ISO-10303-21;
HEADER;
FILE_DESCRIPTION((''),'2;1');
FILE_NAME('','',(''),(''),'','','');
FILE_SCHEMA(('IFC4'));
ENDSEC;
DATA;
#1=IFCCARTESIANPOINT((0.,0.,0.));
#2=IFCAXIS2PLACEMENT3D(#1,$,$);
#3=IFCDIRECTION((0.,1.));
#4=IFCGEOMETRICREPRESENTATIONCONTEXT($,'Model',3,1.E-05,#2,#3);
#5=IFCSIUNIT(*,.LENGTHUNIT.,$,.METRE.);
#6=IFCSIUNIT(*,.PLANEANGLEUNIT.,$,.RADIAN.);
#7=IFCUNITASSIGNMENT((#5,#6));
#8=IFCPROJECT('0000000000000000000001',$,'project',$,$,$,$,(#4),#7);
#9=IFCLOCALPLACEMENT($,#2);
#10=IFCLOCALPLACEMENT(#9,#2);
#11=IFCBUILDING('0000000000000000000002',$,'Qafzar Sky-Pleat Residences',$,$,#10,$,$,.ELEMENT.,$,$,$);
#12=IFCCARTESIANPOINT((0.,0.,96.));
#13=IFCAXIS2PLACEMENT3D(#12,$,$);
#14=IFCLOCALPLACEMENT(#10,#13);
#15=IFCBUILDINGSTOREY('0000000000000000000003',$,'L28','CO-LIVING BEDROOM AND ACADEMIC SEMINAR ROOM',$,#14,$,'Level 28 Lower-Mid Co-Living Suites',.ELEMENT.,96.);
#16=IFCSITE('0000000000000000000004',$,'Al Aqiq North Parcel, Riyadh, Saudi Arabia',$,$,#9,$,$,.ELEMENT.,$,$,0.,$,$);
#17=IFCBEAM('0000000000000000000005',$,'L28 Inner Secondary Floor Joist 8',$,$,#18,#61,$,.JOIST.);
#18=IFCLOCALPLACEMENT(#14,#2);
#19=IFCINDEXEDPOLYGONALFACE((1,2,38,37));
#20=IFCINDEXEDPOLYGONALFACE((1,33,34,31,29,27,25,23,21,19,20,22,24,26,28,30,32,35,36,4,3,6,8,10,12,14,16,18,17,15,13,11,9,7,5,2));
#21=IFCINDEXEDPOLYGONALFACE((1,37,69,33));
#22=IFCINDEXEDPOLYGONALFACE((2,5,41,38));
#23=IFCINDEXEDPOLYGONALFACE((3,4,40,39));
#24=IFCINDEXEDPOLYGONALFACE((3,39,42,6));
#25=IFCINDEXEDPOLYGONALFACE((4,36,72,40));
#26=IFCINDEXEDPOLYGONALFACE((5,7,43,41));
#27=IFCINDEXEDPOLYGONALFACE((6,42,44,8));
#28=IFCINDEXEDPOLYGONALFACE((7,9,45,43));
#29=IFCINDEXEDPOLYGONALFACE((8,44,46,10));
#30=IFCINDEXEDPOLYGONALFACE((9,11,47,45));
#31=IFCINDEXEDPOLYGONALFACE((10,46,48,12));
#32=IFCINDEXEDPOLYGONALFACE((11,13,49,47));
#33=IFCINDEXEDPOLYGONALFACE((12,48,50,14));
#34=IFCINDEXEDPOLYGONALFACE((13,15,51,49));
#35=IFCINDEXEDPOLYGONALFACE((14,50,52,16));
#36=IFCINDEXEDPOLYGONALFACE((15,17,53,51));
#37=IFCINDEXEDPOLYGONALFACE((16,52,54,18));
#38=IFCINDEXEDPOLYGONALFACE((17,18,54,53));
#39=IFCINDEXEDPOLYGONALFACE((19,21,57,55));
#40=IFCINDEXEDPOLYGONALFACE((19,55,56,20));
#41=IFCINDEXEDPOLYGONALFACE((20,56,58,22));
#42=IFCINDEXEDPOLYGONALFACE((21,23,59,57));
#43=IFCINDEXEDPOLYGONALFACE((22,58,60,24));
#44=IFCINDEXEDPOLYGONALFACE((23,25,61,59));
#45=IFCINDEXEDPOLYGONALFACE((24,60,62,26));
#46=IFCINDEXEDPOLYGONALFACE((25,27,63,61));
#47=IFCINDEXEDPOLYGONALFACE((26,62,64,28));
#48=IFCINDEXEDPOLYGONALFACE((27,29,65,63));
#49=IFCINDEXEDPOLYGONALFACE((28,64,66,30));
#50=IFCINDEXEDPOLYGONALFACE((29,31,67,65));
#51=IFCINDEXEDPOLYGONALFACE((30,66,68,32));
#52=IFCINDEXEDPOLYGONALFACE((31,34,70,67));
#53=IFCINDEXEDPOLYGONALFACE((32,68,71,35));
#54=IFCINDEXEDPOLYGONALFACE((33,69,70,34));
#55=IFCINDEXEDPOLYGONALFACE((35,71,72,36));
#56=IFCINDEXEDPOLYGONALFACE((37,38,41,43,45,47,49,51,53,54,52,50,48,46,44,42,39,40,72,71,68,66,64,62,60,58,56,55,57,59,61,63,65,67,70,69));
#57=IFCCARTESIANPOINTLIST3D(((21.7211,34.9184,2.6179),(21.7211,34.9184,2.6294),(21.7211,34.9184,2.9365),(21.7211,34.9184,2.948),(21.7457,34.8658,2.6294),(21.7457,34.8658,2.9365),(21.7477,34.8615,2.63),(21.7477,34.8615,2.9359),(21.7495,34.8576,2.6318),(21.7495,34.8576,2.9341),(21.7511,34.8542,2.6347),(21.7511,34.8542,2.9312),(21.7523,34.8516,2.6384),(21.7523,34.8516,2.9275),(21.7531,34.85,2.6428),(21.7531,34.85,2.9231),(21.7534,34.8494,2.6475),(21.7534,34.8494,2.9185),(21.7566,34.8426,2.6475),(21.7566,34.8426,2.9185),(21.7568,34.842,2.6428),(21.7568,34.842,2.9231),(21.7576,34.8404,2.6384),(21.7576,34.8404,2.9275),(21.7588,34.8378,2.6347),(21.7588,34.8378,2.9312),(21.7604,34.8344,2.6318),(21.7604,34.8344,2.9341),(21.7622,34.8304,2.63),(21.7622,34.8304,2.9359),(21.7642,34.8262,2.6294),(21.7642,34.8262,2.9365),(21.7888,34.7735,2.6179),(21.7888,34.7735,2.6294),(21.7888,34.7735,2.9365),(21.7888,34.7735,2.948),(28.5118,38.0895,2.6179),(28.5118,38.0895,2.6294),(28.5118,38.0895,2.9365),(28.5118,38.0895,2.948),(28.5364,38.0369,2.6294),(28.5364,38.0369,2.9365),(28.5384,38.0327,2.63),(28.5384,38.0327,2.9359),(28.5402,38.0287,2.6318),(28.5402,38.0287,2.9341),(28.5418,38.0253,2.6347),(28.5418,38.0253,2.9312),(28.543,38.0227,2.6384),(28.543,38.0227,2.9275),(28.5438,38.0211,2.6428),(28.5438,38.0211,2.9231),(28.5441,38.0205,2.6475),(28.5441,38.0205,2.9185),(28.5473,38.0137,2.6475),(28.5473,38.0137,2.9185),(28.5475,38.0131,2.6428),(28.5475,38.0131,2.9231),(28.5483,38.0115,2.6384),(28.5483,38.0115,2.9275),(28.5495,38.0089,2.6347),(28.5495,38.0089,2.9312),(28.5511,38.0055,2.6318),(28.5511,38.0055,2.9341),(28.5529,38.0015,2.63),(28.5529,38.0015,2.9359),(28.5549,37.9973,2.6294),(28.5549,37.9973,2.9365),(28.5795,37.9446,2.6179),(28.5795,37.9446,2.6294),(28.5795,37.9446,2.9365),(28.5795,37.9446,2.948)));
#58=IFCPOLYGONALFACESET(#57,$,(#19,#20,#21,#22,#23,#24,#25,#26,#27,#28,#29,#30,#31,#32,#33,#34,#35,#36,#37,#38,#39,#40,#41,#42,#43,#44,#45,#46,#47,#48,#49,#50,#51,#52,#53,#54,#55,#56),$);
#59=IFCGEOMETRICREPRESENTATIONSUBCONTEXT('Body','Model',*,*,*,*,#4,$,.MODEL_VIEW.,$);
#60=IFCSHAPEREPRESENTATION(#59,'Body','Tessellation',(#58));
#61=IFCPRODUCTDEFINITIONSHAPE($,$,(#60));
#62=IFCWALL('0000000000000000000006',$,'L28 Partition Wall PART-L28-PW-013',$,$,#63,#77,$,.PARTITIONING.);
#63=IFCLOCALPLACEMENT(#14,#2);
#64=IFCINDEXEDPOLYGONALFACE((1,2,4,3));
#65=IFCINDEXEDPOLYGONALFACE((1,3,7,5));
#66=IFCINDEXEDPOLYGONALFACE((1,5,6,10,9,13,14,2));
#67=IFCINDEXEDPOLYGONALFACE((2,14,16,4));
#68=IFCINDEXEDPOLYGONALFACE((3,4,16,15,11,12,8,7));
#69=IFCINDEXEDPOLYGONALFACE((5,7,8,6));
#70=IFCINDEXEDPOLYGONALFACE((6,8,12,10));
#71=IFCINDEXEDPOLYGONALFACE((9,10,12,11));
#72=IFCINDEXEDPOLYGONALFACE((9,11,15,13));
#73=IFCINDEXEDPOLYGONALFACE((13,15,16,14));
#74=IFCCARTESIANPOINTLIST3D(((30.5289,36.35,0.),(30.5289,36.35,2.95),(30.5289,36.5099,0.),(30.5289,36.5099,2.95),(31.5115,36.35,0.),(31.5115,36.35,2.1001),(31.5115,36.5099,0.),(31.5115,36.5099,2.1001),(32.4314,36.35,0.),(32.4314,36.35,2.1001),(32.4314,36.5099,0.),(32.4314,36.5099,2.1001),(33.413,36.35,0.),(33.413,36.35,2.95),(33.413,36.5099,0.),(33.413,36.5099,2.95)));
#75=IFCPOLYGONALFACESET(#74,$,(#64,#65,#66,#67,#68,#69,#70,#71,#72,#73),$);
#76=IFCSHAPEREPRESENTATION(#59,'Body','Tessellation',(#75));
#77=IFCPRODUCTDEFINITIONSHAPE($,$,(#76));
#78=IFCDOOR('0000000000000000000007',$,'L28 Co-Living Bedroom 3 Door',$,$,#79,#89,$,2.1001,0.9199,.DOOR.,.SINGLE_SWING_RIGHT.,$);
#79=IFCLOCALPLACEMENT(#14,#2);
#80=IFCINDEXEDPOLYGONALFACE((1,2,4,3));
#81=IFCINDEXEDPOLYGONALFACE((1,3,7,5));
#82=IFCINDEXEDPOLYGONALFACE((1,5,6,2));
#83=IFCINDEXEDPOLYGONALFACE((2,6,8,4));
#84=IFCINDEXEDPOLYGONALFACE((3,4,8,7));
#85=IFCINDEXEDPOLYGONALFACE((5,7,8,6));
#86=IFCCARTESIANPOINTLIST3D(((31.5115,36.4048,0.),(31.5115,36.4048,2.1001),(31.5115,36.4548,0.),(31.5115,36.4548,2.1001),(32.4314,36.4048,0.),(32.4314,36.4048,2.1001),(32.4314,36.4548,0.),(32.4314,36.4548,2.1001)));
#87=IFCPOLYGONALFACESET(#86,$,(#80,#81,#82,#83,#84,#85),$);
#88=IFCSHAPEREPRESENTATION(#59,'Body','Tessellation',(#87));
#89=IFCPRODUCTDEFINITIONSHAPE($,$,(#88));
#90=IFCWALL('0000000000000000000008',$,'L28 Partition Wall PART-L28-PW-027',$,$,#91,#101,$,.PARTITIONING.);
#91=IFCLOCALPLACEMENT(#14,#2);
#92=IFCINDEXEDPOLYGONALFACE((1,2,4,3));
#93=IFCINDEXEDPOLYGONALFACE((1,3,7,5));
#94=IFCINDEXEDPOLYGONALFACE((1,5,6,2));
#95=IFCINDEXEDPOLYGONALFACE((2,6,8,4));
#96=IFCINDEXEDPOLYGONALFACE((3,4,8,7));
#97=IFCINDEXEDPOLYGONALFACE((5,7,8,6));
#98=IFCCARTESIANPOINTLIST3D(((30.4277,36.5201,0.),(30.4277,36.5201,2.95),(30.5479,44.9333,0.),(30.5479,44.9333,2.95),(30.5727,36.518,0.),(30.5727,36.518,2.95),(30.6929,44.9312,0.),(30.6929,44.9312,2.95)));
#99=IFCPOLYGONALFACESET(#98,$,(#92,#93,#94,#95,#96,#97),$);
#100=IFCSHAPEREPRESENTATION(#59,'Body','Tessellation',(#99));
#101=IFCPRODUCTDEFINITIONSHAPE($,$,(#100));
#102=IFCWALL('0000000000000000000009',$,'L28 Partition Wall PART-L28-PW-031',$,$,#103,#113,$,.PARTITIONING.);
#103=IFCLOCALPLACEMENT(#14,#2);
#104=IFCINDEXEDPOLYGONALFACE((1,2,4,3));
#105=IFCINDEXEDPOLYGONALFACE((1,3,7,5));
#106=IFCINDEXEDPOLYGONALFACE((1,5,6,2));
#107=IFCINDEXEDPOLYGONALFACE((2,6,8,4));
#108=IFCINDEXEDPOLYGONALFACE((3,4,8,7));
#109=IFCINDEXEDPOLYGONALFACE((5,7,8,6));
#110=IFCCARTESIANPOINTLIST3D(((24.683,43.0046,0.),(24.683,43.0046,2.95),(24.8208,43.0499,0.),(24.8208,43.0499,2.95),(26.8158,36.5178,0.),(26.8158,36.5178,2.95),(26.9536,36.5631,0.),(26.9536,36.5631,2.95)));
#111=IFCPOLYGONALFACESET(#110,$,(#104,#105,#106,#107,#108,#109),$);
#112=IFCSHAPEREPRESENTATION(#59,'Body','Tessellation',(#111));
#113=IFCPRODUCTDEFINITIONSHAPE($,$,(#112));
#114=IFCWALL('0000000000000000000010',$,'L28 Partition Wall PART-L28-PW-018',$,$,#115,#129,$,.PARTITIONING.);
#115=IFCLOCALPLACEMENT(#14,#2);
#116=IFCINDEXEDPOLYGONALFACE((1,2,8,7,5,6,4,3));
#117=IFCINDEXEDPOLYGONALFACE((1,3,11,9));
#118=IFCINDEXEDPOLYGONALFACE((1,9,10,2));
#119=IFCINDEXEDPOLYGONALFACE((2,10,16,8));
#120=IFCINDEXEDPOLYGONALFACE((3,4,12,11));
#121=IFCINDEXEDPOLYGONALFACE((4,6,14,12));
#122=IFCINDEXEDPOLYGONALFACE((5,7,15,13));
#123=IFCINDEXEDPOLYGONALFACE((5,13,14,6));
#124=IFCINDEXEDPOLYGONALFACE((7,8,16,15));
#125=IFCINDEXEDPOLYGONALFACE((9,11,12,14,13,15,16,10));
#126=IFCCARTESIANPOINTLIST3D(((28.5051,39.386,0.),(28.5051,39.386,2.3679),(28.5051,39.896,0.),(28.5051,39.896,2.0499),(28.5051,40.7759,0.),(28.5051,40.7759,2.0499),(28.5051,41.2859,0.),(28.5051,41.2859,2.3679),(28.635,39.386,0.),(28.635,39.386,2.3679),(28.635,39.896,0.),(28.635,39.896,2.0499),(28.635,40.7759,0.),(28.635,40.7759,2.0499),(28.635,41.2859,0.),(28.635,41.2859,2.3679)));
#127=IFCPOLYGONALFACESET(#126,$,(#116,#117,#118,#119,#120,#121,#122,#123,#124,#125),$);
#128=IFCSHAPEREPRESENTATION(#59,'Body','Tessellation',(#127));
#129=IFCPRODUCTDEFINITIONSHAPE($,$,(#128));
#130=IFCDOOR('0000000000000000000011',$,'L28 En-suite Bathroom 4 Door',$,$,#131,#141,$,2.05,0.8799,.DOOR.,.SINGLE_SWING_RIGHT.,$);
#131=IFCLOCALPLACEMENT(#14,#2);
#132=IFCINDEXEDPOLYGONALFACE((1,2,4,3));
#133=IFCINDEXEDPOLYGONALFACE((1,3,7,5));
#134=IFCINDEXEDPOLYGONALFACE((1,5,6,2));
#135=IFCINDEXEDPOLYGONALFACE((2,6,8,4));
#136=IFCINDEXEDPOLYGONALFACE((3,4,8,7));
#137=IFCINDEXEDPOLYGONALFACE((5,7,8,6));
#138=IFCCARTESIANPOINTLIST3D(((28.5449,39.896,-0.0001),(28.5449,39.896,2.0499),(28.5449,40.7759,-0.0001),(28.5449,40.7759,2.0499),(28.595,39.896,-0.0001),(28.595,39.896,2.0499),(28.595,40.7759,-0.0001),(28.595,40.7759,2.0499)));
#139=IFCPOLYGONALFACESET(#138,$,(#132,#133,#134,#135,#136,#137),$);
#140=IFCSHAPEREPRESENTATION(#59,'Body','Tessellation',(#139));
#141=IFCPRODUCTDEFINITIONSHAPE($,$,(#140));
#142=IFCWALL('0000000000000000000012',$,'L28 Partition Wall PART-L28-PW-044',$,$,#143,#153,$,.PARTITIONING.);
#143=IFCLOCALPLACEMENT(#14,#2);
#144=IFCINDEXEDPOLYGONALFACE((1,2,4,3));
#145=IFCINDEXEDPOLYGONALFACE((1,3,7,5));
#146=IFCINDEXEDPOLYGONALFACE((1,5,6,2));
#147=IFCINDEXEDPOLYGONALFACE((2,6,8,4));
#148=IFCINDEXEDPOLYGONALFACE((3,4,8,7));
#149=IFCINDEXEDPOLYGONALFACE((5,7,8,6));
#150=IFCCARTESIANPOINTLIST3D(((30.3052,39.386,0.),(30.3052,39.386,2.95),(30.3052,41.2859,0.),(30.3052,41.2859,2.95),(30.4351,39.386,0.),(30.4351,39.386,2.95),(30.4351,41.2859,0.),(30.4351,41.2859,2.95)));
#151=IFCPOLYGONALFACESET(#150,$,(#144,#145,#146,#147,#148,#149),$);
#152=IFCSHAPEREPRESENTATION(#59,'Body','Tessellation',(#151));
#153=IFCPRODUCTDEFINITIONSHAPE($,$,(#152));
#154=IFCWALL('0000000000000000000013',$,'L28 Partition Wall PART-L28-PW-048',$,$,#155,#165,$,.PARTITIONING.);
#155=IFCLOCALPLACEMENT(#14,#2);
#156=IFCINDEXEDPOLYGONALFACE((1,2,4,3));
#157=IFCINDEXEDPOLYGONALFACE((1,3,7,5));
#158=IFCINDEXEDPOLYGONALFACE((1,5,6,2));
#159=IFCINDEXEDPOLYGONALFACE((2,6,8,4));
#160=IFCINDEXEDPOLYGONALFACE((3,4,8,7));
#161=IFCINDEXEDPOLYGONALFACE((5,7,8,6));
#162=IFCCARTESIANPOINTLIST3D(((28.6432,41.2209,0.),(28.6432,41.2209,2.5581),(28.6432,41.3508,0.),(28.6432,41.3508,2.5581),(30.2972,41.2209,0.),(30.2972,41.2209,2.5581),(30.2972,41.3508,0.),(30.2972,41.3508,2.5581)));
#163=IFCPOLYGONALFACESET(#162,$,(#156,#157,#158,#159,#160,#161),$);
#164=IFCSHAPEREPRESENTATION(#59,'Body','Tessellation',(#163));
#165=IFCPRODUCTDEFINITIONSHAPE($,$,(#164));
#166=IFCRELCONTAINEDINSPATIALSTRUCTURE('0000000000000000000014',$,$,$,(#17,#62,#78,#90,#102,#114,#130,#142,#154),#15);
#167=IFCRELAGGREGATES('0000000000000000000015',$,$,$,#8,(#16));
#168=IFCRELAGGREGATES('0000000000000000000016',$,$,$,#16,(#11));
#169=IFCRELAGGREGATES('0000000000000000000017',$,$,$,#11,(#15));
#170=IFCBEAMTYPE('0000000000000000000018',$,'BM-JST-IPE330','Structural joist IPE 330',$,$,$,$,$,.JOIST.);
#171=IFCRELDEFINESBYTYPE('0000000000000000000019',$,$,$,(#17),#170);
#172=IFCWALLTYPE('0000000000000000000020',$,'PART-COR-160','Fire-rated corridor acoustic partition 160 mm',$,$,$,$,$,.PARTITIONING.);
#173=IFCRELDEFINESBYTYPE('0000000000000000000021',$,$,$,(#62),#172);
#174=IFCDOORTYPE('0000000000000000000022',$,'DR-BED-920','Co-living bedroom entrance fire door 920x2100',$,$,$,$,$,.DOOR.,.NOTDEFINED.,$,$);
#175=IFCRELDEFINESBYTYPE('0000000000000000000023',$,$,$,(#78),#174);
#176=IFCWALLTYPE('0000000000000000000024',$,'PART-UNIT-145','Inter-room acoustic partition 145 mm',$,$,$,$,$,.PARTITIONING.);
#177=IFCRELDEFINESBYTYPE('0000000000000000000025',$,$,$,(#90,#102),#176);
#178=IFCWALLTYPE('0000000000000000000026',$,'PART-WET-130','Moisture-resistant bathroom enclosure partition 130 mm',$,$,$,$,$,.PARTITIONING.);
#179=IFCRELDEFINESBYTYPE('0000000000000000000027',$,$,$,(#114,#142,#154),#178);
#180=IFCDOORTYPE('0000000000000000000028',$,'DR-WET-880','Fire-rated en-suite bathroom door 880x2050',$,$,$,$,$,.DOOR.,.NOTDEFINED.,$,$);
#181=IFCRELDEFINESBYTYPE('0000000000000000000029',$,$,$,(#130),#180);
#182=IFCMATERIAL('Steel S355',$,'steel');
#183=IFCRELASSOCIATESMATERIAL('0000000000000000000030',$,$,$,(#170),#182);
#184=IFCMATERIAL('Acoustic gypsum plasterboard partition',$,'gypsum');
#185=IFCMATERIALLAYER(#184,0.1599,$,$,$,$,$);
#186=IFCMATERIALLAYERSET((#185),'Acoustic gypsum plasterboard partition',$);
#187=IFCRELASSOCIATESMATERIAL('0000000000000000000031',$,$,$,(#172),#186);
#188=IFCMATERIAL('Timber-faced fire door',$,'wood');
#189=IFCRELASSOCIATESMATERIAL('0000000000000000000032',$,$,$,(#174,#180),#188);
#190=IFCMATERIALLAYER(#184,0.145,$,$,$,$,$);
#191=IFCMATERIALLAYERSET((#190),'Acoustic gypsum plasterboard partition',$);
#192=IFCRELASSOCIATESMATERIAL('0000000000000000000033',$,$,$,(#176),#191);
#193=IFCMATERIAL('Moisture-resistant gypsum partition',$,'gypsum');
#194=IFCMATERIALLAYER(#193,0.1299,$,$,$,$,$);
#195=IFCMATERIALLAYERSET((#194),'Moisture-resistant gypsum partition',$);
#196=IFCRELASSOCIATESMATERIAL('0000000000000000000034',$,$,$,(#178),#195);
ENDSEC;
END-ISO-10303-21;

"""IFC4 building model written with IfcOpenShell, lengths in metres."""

from ifc_helpers import new_model, si_unit, direction, frame, frame_2d, origin, origin_2d, place, context, subcontext, project, spatial, rectangle, i_section, extrude, source, transform, mapped, material, layer, layer_set, material_profile, profile_set, type_object, element, fill, save


model = new_model("IFC4")

# Units and contexts
model_context = context("Model", 3, precision=1e-05, world=origin(), true_north=direction((0.0, 1.0)))
body_context = subcontext(model_context, "Body", "Model", "MODEL_VIEW")
ifc_project = project(units=[si_unit("LENGTHUNIT", "METRE"), si_unit("PLANEANGLEUNIT", "RADIAN")], contexts=[model_context])

# Site, building, storey
site_placement = place(None, origin())
site = spatial("IfcSite", under=ifc_project, at=site_placement, Name="Al Aqiq North Parcel, Riyadh, Saudi Arabia", CompositionType="ELEMENT", RefElevation=0.0)
building_placement = place(site_placement, origin())
building = spatial("IfcBuilding", under=site, at=building_placement, Name="Qafzar Sky-Pleat Residences", CompositionType="ELEMENT")
storey_placement = place(building_placement, frame((0.0, 0.0, 96.0)))
storey = spatial("IfcBuildingStorey", under=building, at=storey_placement, Name="L28", Description="CO-LIVING BEDROOM AND ACADEMIC SEMINAR ROOM", LongName="Level 28 Lower-Mid Co-Living Suites", CompositionType="ELEMENT", Elevation=96.0)

# Beam
ifc_material_1 = material(Name="Steel S355", Category="steel")
ifc_material_profile_1 = material_profile(ifc_material_1, i_section(OverallWidth=0.1599, OverallDepth=0.3301, WebThickness=0.0076, FlangeThickness=0.0115, FilletRadius=0.0181, at=origin_2d()), Name="IPE 330")
ifc_profile_set_1 = profile_set([ifc_material_profile_1], Name="Steel S355")
beam_type_1 = type_object("IfcBeamType", Name="BM-JST-IPE330", Description="Structural joist IPE 330", PredefinedType="JOIST", material=ifc_profile_set_1)
shared_shape_1 = source(origin(), body_context, "Body", "SweptSolid", [
    extrude(i_section(OverallWidth=0.1599, OverallDepth=0.3301, WebThickness=0.0076, FlangeThickness=0.0115, FilletRadius=0.0181, at=origin_2d()), origin(), (0.0, 0.0, 1.0), 7.4946),
])
beam_1_placement = place(storey_placement, frame((28.5457, 38.0171, 2.783), z_axis=(-0.906075, -0.423117, 0.0), x_axis=(0.423117, -0.906075, 0.0)))
element("IfcBeam", 1, at=beam_1_placement, inside=storey, type_object=beam_type_1, Name="L28 Inner Secondary Floor Joist 8", PredefinedType="JOIST", context=body_context, shape_type="MappedRepresentation", body=[
    mapped(shared_shape_1, transform((0.0, 0.0, 0.0), x_axis=(1.0, 0.0, 0.0), y_axis=(0.0, 1.0, 0.0), z_axis=(0.0, 0.0, 1.0), scale=1.0)),
])

# Wall, opening, door
ifc_material_2 = material(Name="Acoustic gypsum plasterboard partition", Category="gypsum")
ifc_layer_1 = layer(ifc_material_2, 0.1599)
ifc_layer_set_1 = layer_set([ifc_layer_1], Name="Acoustic gypsum plasterboard partition")
wall_type_1 = type_object("IfcWallType", Name="PART-COR-160", Description="Fire-rated corridor acoustic partition 160 mm", PredefinedType="PARTITIONING", material=ifc_layer_set_1)
wall_1_placement = place(storey_placement, frame((30.5291, 36.4299, 0.0), z_axis=(0.0, 0.0, 1.0), x_axis=(1.0, 0.0, 0.0)))
wall_1 = element("IfcWall", 2, at=wall_1_placement, inside=storey, type_object=wall_type_1, Name="L28 Partition Wall PART-L28-PW-013", PredefinedType="PARTITIONING", context=body_context, shape_type="SweptSolid", body=[
    extrude(rectangle(XDim=2.884, YDim=0.1599, at=frame_2d((1.4419, 0.0))), origin(), (0.0, 0.0, 1.0), 2.95),
])
opening_1_placement = place(wall_1_placement, frame((0.9824, 0.0, 0.0)))
opening_1 = element("IfcOpeningElement", 3, at=opening_1_placement, cuts=wall_1, PredefinedType="OPENING", context=body_context, shape_type="SweptSolid", body=[
    extrude(rectangle(XDim=0.9199, YDim=2.1001, at=frame_2d((0.46, 1.05))), frame((0.0, 0.0898, 0.0), z_axis=(0.0, -1.0, 0.0), x_axis=(1.0, 0.0, 0.0)), (0.0, 0.0, 1.0), 0.1799),
])
ifc_material_3 = material(Name="Timber-faced fire door", Category="wood")
door_type_1 = type_object("IfcDoorType", Name="DR-BED-920", Description="Co-living bedroom entrance fire door 920x2100", OperationType="NOTDEFINED", PredefinedType="DOOR", material=ifc_material_3)
shared_shape_2 = source(origin(), body_context, "Body", "SweptSolid", [
    extrude(rectangle(XDim=0.9199, YDim=2.1001, at=frame_2d((0.46, 1.05))), frame((0.0, 0.0249, 0.0), z_axis=(0.0, -1.0, 0.0), x_axis=(1.0, 0.0, 0.0)), (0.0, 0.0, 1.0), 0.05),
])
door_1_placement = place(opening_1_placement, origin())
door_1 = element("IfcDoor", 4, at=door_1_placement, inside=storey, type_object=door_type_1, Name="L28 Co-Living Bedroom 3 Door", OperationType="SINGLE_SWING_RIGHT", OverallHeight=2.1001, OverallWidth=0.9199, PredefinedType="DOOR", context=body_context, shape_type="MappedRepresentation", body=[
    mapped(shared_shape_2, transform((0.0, 0.0, 0.0), x_axis=(1.0, 0.0, 0.0), y_axis=(0.0, 1.0, 0.0), z_axis=(0.0, 0.0, 1.0), scale=1.0)),
])
fill(opening_1, door_1)

# Walls
ifc_layer_2 = layer(ifc_material_2, 0.145)
ifc_layer_set_2 = layer_set([ifc_layer_2], Name="Acoustic gypsum plasterboard partition")
wall_type_2 = type_object("IfcWallType", Name="PART-UNIT-145", Description="Inter-room acoustic partition 145 mm", PredefinedType="PARTITIONING", material=ifc_layer_set_2)
wall_2_placement = place(storey_placement, frame((30.5002, 36.519, 0.0), z_axis=(0.0, 0.0, 1.0), x_axis=(0.014276, 0.999898, 0.0)))
element("IfcWall", 5, at=wall_2_placement, inside=storey, type_object=wall_type_2, Name="L28 Partition Wall PART-L28-PW-027", PredefinedType="PARTITIONING", context=body_context, shape_type="SweptSolid", body=[
    extrude(rectangle(XDim=8.4141, YDim=0.145, at=frame_2d((4.207, 0.0))), origin(), (0.0, 0.0, 1.0), 2.95),
])
wall_3_placement = place(storey_placement, frame((24.752, 43.0271, 0.0), z_axis=(0.0, 0.0, 1.0), x_axis=(0.312342, -0.94997, 0.0)))
element("IfcWall", 6, at=wall_3_placement, inside=storey, type_object=wall_type_2, Name="L28 Partition Wall PART-L28-PW-031", PredefinedType="PARTITIONING", context=body_context, shape_type="SweptSolid", body=[
    extrude(rectangle(XDim=6.8284, YDim=0.145, at=frame_2d((3.4141, 0.0))), origin(), (0.0, 0.0, 1.0), 2.95),
])

# Wall, opening, door
ifc_material_4 = material(Name="Moisture-resistant gypsum partition", Category="gypsum")
ifc_layer_3 = layer(ifc_material_4, 0.1299)
ifc_layer_set_3 = layer_set([ifc_layer_3], Name="Moisture-resistant gypsum partition")
wall_type_3 = type_object("IfcWallType", Name="PART-WET-130", Description="Moisture-resistant bathroom enclosure partition 130 mm", PredefinedType="PARTITIONING", material=ifc_layer_set_3)
wall_4_placement = place(storey_placement, frame((28.5701, 41.2859, 0.0), z_axis=(0.0, 0.0, 1.0), x_axis=(0.0, -1.0, 0.0)))
wall_4 = element("IfcWall", 7, at=wall_4_placement, inside=storey, type_object=wall_type_3, Name="L28 Partition Wall PART-L28-PW-018", PredefinedType="PARTITIONING", context=body_context, shape_type="SweptSolid", body=[
    extrude(rectangle(XDim=1.8999, YDim=0.1299, at=frame_2d((0.95, 0.0))), origin(), (0.0, 0.0, 1.0), 2.3679),
])
opening_2_placement = place(wall_4_placement, frame((0.51, 0.0, 0.0)))
opening_2 = element("IfcOpeningElement", 8, at=opening_2_placement, cuts=wall_4, PredefinedType="OPENING", context=body_context, shape_type="SweptSolid", body=[
    extrude(rectangle(XDim=0.8799, YDim=2.05, at=frame_2d((0.4399, 1.0249))), frame((0.0, 0.075, 0.0), z_axis=(0.0, -1.0, 0.0), x_axis=(1.0, 0.0, 0.0)), (0.0, 0.0, 1.0), 0.1499),
])
door_type_2 = type_object("IfcDoorType", Name="DR-WET-880", Description="Fire-rated en-suite bathroom door 880x2050", OperationType="NOTDEFINED", PredefinedType="DOOR", material=ifc_material_3)
shared_shape_3 = source(origin(), body_context, "Body", "SweptSolid", [
    extrude(rectangle(XDim=0.8799, YDim=2.05, at=frame_2d((0.4399, 1.0249))), frame((0.0, 0.0249, 0.0), z_axis=(0.0, -1.0, 0.0), x_axis=(1.0, 0.0, 0.0)), (0.0, 0.0, 1.0), 0.05),
])
door_2_placement = place(opening_2_placement, origin())
door_2 = element("IfcDoor", 9, at=door_2_placement, inside=storey, type_object=door_type_2, Name="L28 En-suite Bathroom 4 Door", OperationType="SINGLE_SWING_RIGHT", OverallHeight=2.05, OverallWidth=0.8799, PredefinedType="DOOR", context=body_context, shape_type="MappedRepresentation", body=[
    mapped(shared_shape_3, transform((0.0, 0.0, 0.0), x_axis=(1.0, 0.0, 0.0), y_axis=(0.0, 1.0, 0.0), z_axis=(0.0, 0.0, 1.0), scale=1.0)),
])
fill(opening_2, door_2)

# Walls
wall_5_placement = place(storey_placement, frame((30.3701, 39.386, 0.0), z_axis=(0.0, 0.0, 1.0), x_axis=(0.0, 1.0, 0.0)))
element("IfcWall", 10, at=wall_5_placement, inside=storey, type_object=wall_type_3, Name="L28 Partition Wall PART-L28-PW-044", PredefinedType="PARTITIONING", context=body_context, shape_type="SweptSolid", body=[
    extrude(rectangle(XDim=1.8999, YDim=0.1299, at=frame_2d((0.95, 0.0))), origin(), (0.0, 0.0, 1.0), 2.95),
])
wall_6_placement = place(storey_placement, frame((28.6431, 41.2859, 0.0), z_axis=(0.0, 0.0, 1.0), x_axis=(1.0, 0.0, 0.0)))
element("IfcWall", 11, at=wall_6_placement, inside=storey, type_object=wall_type_3, Name="L28 Partition Wall PART-L28-PW-048", PredefinedType="PARTITIONING", context=body_context, shape_type="SweptSolid", body=[
    extrude(rectangle(XDim=1.6541, YDim=0.1299, at=frame_2d((0.8271, 0.0))), origin(), (0.0, 0.0, 1.0), 2.5581),
])

save(model, "model.ifc")
